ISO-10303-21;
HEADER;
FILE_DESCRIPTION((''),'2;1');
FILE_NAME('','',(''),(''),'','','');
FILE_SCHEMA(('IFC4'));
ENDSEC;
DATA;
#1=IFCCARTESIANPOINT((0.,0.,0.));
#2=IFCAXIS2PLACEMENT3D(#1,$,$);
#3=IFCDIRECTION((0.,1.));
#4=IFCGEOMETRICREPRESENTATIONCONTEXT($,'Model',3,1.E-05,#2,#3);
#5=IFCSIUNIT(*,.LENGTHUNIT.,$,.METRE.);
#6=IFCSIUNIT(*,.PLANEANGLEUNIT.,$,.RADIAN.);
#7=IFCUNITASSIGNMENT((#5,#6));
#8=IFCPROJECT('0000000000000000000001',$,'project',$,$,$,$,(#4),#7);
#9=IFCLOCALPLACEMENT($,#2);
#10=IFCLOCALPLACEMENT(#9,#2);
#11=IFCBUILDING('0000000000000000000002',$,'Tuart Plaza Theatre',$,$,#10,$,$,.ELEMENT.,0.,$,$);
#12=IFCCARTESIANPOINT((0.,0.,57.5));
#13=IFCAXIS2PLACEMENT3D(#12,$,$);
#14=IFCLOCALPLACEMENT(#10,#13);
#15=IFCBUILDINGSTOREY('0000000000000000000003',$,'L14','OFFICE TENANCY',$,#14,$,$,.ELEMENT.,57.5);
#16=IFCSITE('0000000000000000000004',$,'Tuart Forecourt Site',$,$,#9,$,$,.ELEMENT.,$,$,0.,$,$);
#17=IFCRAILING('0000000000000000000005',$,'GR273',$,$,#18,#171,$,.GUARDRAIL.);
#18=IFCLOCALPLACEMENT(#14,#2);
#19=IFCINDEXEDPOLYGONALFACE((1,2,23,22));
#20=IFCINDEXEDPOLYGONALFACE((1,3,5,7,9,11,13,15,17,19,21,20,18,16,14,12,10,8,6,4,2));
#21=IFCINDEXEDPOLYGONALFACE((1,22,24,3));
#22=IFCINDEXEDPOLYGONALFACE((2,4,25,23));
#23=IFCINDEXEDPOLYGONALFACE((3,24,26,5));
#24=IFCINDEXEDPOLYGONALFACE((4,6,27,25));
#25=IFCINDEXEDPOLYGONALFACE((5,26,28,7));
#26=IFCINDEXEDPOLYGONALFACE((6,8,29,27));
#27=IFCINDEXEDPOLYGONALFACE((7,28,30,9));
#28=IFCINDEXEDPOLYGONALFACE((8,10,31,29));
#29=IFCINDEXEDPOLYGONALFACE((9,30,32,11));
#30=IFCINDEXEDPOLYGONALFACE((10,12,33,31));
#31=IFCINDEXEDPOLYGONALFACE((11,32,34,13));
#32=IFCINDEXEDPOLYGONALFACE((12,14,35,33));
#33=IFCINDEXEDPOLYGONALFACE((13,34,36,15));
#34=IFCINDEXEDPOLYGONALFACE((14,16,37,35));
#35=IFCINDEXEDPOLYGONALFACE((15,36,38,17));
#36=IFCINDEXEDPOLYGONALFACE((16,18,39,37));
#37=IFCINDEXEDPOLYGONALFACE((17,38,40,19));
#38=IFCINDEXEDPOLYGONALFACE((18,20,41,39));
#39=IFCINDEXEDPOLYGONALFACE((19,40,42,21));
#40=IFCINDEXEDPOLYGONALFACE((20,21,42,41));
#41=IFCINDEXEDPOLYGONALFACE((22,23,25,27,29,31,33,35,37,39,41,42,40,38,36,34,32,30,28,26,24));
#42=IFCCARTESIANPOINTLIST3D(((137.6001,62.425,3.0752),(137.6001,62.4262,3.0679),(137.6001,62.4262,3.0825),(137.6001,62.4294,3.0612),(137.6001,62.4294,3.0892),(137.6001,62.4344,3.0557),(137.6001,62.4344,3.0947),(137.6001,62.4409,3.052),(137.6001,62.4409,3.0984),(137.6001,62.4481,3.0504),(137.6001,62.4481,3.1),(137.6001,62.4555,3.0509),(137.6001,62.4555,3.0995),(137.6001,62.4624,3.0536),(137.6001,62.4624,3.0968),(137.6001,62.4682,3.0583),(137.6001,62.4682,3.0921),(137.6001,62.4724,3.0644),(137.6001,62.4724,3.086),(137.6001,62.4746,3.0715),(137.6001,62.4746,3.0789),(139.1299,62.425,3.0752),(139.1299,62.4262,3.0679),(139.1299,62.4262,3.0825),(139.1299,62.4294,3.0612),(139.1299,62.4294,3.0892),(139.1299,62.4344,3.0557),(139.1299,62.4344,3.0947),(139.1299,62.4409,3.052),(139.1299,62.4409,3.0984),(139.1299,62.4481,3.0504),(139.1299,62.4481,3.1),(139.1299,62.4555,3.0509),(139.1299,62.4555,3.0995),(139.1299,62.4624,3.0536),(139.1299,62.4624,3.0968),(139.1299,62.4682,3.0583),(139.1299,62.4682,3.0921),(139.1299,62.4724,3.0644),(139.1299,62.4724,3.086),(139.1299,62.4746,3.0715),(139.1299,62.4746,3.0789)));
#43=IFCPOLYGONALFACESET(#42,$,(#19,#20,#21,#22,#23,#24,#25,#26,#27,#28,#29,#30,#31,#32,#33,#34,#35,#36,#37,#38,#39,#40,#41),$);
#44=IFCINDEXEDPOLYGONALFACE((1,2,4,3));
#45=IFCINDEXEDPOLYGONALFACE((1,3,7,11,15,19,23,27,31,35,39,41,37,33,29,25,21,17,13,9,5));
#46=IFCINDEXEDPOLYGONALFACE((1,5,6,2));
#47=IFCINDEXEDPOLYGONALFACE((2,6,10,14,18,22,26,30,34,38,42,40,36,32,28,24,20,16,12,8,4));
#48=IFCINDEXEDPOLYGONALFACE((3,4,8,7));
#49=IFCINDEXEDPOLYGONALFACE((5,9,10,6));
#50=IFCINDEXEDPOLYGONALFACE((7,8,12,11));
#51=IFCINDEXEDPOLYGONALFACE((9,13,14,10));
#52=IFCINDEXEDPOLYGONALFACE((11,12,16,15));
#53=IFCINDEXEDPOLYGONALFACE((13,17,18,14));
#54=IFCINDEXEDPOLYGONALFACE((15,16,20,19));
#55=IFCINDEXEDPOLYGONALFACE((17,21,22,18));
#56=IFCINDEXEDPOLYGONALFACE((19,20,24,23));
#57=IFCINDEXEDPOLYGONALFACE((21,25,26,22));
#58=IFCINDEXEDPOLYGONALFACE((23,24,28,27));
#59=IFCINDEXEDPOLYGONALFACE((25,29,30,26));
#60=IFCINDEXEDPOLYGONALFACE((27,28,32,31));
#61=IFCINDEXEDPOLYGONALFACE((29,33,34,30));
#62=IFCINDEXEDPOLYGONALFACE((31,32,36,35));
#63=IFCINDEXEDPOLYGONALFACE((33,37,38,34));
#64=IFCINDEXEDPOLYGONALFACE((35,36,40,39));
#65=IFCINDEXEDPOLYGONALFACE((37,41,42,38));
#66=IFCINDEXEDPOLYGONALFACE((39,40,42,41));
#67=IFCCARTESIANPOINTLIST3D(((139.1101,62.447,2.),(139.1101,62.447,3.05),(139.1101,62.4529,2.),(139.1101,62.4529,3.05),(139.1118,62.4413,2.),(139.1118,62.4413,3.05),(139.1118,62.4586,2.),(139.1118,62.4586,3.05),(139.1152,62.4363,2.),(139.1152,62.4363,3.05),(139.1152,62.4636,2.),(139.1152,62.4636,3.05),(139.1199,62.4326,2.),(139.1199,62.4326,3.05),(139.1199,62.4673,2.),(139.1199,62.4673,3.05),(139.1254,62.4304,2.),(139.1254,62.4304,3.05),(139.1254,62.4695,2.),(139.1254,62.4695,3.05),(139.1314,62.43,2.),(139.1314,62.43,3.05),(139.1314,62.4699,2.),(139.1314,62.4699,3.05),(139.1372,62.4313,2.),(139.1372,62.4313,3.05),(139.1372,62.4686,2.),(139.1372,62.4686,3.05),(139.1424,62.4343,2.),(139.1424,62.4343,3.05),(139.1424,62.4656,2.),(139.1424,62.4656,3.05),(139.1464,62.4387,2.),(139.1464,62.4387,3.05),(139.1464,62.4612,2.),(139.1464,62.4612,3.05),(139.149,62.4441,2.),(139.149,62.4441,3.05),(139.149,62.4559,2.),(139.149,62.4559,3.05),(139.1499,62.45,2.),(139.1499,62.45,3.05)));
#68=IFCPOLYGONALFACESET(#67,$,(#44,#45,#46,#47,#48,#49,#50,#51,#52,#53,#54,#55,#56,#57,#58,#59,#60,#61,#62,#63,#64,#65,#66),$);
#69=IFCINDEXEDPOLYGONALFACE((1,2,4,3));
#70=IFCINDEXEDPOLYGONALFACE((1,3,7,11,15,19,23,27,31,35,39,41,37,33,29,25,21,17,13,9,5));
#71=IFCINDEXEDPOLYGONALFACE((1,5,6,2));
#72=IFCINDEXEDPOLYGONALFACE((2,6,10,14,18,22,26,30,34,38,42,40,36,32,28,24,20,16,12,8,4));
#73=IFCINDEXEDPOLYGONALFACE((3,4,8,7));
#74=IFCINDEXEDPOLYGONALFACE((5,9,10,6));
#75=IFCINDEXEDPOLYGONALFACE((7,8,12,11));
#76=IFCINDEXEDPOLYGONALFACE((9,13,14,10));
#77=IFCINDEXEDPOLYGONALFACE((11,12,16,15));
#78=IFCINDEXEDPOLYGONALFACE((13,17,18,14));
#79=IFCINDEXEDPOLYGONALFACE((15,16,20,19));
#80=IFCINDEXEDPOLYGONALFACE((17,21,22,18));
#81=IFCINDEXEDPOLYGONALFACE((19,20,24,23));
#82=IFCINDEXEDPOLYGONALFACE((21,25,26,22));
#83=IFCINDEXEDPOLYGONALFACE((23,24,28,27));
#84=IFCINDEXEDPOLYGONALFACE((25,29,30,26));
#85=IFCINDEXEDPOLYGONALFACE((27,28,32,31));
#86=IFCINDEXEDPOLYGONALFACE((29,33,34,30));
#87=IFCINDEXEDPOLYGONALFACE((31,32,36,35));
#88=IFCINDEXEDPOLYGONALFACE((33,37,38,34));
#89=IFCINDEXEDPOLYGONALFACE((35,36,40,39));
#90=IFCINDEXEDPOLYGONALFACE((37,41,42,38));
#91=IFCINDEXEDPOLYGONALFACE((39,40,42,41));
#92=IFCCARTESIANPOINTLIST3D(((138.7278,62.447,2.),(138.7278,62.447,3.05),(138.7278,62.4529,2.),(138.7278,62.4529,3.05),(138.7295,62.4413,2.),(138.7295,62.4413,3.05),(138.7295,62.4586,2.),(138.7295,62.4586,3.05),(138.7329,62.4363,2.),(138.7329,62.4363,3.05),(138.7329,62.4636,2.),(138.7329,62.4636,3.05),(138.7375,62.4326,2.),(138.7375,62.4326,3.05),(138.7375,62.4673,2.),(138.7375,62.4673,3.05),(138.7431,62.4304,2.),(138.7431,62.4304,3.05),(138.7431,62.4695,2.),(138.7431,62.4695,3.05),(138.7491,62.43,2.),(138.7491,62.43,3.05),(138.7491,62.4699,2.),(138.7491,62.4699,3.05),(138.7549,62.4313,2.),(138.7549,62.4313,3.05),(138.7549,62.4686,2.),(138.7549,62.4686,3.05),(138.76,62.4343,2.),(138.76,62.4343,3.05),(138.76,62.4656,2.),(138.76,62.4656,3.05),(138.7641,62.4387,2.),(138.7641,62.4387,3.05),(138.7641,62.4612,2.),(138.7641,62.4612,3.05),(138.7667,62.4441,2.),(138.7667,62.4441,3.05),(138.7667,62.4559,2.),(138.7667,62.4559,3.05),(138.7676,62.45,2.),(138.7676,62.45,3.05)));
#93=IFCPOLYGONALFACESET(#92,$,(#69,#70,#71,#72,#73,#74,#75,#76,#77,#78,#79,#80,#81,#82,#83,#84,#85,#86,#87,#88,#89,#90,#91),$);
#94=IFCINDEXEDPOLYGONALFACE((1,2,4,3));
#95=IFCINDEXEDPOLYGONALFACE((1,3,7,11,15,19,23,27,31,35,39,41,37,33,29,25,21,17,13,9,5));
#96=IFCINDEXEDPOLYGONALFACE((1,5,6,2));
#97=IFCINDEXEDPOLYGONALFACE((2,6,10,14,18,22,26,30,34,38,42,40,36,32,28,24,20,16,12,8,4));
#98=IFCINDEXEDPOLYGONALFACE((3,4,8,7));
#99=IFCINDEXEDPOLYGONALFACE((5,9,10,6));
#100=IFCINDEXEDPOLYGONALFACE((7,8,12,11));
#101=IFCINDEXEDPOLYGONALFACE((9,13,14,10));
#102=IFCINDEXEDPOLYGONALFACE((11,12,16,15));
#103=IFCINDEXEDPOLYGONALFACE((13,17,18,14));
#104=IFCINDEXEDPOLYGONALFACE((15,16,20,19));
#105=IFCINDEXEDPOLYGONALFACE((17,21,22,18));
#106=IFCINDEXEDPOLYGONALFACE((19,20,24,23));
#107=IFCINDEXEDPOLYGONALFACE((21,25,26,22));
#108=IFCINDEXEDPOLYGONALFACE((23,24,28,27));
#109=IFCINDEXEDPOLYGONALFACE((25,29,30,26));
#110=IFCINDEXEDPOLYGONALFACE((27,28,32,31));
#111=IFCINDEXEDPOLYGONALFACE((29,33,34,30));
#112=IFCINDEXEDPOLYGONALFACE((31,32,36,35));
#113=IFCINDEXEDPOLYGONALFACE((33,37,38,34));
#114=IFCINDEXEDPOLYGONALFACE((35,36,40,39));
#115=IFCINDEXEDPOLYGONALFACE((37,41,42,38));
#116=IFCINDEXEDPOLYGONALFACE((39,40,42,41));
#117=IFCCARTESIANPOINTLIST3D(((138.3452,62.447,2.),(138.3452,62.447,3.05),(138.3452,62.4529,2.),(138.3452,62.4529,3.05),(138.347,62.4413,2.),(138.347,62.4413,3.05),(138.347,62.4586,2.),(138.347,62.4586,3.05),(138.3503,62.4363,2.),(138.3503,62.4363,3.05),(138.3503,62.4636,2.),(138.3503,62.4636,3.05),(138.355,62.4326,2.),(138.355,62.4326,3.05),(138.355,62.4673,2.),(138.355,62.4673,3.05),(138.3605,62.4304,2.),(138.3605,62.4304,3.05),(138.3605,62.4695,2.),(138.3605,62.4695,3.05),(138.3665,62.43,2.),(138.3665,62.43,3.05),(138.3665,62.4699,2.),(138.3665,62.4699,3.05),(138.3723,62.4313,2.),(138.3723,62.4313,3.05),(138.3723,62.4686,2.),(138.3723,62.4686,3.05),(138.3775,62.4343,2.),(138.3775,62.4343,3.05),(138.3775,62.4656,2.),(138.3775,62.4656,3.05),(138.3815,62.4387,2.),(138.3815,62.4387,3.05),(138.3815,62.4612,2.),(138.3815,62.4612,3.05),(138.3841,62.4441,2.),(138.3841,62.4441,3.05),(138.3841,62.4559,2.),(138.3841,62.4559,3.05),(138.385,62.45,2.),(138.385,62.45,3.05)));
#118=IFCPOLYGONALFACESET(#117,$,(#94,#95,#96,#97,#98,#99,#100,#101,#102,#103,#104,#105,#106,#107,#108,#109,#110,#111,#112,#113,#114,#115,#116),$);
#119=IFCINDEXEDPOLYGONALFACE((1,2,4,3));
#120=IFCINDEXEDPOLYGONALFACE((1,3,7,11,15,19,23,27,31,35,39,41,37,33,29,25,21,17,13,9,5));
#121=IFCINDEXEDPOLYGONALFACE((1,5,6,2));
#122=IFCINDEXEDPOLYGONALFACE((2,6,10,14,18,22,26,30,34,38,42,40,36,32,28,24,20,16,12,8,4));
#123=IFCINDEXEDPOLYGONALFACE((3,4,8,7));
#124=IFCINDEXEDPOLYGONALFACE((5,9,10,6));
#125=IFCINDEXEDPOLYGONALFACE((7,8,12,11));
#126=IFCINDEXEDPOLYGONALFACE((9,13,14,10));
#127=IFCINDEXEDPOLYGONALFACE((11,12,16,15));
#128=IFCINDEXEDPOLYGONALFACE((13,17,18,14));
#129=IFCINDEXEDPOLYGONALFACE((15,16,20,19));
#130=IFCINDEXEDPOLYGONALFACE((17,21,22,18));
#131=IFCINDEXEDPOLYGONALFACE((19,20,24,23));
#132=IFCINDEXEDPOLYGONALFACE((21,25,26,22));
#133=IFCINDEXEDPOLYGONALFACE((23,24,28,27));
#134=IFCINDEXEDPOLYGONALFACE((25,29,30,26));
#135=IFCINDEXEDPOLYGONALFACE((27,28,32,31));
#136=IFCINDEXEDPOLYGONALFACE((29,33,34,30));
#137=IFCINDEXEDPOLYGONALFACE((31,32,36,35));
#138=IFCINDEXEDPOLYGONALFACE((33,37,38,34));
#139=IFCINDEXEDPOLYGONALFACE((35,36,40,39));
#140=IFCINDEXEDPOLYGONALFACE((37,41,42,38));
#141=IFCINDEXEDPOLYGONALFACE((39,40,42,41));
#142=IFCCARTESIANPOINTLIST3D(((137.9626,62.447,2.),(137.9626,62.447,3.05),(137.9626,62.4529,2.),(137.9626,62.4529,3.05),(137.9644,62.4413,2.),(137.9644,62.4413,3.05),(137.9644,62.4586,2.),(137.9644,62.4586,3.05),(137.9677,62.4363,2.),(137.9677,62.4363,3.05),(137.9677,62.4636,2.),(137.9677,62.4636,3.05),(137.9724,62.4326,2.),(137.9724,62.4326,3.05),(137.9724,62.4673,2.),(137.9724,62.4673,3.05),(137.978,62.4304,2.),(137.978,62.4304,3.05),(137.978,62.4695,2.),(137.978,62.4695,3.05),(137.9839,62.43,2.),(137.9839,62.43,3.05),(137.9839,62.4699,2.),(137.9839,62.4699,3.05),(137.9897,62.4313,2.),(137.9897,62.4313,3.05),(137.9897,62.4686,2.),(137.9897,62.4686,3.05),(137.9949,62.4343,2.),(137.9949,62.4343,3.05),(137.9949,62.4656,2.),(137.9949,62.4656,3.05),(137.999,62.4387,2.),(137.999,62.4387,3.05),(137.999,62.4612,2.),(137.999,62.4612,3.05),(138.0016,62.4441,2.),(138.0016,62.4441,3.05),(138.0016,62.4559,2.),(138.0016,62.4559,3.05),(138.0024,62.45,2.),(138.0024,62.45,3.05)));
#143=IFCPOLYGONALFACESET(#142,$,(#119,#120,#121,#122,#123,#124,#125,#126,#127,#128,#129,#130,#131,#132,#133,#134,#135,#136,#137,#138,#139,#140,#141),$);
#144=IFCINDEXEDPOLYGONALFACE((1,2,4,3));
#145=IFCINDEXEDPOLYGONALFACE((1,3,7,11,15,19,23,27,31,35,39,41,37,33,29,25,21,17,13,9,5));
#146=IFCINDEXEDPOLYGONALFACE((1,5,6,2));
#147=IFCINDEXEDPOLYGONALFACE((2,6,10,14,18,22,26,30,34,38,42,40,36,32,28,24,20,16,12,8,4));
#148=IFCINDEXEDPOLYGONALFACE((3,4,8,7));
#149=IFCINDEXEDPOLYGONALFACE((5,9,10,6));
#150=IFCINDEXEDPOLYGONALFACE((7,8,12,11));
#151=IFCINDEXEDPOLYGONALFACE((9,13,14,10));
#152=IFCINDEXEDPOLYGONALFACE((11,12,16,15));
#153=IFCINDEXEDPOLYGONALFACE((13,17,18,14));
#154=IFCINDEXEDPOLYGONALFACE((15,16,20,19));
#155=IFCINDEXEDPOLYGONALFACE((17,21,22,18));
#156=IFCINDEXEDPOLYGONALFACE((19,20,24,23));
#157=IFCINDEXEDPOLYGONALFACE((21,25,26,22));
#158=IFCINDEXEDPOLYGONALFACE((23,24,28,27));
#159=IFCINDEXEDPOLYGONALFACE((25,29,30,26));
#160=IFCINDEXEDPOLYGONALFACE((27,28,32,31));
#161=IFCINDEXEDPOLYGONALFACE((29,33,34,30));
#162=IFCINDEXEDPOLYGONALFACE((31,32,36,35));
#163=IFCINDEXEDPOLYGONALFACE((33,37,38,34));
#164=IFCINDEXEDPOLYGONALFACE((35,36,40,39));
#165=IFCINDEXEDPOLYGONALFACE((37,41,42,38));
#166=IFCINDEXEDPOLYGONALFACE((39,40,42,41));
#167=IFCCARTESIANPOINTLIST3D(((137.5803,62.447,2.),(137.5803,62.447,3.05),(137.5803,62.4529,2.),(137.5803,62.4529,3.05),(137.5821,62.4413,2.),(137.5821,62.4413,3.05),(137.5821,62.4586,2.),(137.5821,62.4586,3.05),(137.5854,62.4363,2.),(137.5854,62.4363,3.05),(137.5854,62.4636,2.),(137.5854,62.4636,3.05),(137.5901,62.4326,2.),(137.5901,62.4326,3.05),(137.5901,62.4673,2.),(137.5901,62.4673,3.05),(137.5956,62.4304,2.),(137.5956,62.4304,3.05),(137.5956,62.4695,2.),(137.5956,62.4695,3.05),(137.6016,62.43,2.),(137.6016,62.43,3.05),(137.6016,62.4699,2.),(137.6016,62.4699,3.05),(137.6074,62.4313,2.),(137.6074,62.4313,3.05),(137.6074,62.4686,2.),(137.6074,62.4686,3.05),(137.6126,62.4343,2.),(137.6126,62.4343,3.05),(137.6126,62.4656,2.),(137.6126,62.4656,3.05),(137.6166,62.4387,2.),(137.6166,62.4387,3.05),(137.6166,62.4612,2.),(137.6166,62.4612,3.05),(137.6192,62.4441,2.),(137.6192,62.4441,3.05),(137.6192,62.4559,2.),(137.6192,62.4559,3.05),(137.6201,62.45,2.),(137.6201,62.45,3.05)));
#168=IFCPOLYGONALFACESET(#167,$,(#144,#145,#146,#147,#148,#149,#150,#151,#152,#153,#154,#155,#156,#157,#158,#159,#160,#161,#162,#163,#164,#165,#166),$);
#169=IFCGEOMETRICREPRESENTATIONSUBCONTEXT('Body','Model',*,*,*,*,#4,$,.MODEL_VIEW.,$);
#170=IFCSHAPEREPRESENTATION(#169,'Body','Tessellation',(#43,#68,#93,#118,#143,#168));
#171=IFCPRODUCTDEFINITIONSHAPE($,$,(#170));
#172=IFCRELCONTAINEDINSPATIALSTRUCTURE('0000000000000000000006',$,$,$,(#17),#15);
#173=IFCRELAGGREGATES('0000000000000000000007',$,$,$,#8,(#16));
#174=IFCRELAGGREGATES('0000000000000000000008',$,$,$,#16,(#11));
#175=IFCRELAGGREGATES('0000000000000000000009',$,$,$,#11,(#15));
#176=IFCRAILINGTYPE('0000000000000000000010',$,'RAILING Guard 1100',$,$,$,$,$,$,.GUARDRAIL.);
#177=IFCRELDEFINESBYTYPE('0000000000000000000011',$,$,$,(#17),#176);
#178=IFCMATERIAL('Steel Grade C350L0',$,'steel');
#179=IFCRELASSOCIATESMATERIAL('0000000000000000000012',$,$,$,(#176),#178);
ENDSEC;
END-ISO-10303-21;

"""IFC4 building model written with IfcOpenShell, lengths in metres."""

from ifc_helpers import new_model, si_unit, direction, frame, origin, origin_2d, place, context, subcontext, project, spatial, circle, extrude, material, type_object, element, save


model = new_model("IFC4")

# Units and contexts
model_context = context("Model", 3, precision=1e-05, world=origin(), true_north=direction((0.0, 1.0)))
body_context = subcontext(model_context, "Body", "Model", "MODEL_VIEW")
ifc_project = project(units=[si_unit("LENGTHUNIT", "METRE"), si_unit("PLANEANGLEUNIT", "RADIAN")], contexts=[model_context])

# Site, building, storey
site_placement = place(None, origin())
site = spatial("IfcSite", under=ifc_project, at=site_placement, Name="Tuart Forecourt Site", CompositionType="ELEMENT", RefElevation=0.0)
building_placement = place(site_placement, origin())
building = spatial("IfcBuilding", under=site, at=building_placement, Name="Tuart Plaza Theatre", CompositionType="ELEMENT", ElevationOfRefHeight=0.0)
storey_placement = place(building_placement, frame((0.0, 0.0, 57.5)))
storey = spatial("IfcBuildingStorey", under=building, at=storey_placement, Name="L14", Description="OFFICE TENANCY", CompositionType="ELEMENT", Elevation=57.5)

# Railing
ifc_material_1 = material(Name="Steel Grade C350L0", Category="steel")
railing_type_1 = type_object("IfcRailingType", Name="RAILING Guard 1100", PredefinedType="GUARDRAIL", material=ifc_material_1)
railing_1_placement = place(storey_placement, frame((139.1299, 62.45, 2.0)))
element("IfcRailing", 1, at=railing_1_placement, inside=storey, type_object=railing_type_1, Name="GR273", PredefinedType="GUARDRAIL", context=body_context, shape_type="SweptSolid", body=[
    extrude(circle(Radius=0.0249, at=origin_2d()), frame((0.0, 0.0, 1.0752), z_axis=(-1.0, 0.0, 0.0), x_axis=(0.0, -1.0, 0.0)), (0.0, 0.0, 1.0), 1.5298),
    extrude(circle(Radius=0.02, at=origin_2d()), origin(), (0.0, 0.0, 1.0), 1.05),
    extrude(circle(Radius=0.02, at=origin_2d()), frame((-0.3823, 0.0, 0.0)), (0.0, 0.0, 1.0), 1.05),
    extrude(circle(Radius=0.02, at=origin_2d()), frame((-0.7649, 0.0, 0.0)), (0.0, 0.0, 1.0), 1.05),
    extrude(circle(Radius=0.02, at=origin_2d()), frame((-1.1475, 0.0, 0.0)), (0.0, 0.0, 1.0), 1.05),
    extrude(circle(Radius=0.02, at=origin_2d()), frame((-1.5298, 0.0, 0.0)), (0.0, 0.0, 1.0), 1.05),
])

save(model, "model.ifc")
